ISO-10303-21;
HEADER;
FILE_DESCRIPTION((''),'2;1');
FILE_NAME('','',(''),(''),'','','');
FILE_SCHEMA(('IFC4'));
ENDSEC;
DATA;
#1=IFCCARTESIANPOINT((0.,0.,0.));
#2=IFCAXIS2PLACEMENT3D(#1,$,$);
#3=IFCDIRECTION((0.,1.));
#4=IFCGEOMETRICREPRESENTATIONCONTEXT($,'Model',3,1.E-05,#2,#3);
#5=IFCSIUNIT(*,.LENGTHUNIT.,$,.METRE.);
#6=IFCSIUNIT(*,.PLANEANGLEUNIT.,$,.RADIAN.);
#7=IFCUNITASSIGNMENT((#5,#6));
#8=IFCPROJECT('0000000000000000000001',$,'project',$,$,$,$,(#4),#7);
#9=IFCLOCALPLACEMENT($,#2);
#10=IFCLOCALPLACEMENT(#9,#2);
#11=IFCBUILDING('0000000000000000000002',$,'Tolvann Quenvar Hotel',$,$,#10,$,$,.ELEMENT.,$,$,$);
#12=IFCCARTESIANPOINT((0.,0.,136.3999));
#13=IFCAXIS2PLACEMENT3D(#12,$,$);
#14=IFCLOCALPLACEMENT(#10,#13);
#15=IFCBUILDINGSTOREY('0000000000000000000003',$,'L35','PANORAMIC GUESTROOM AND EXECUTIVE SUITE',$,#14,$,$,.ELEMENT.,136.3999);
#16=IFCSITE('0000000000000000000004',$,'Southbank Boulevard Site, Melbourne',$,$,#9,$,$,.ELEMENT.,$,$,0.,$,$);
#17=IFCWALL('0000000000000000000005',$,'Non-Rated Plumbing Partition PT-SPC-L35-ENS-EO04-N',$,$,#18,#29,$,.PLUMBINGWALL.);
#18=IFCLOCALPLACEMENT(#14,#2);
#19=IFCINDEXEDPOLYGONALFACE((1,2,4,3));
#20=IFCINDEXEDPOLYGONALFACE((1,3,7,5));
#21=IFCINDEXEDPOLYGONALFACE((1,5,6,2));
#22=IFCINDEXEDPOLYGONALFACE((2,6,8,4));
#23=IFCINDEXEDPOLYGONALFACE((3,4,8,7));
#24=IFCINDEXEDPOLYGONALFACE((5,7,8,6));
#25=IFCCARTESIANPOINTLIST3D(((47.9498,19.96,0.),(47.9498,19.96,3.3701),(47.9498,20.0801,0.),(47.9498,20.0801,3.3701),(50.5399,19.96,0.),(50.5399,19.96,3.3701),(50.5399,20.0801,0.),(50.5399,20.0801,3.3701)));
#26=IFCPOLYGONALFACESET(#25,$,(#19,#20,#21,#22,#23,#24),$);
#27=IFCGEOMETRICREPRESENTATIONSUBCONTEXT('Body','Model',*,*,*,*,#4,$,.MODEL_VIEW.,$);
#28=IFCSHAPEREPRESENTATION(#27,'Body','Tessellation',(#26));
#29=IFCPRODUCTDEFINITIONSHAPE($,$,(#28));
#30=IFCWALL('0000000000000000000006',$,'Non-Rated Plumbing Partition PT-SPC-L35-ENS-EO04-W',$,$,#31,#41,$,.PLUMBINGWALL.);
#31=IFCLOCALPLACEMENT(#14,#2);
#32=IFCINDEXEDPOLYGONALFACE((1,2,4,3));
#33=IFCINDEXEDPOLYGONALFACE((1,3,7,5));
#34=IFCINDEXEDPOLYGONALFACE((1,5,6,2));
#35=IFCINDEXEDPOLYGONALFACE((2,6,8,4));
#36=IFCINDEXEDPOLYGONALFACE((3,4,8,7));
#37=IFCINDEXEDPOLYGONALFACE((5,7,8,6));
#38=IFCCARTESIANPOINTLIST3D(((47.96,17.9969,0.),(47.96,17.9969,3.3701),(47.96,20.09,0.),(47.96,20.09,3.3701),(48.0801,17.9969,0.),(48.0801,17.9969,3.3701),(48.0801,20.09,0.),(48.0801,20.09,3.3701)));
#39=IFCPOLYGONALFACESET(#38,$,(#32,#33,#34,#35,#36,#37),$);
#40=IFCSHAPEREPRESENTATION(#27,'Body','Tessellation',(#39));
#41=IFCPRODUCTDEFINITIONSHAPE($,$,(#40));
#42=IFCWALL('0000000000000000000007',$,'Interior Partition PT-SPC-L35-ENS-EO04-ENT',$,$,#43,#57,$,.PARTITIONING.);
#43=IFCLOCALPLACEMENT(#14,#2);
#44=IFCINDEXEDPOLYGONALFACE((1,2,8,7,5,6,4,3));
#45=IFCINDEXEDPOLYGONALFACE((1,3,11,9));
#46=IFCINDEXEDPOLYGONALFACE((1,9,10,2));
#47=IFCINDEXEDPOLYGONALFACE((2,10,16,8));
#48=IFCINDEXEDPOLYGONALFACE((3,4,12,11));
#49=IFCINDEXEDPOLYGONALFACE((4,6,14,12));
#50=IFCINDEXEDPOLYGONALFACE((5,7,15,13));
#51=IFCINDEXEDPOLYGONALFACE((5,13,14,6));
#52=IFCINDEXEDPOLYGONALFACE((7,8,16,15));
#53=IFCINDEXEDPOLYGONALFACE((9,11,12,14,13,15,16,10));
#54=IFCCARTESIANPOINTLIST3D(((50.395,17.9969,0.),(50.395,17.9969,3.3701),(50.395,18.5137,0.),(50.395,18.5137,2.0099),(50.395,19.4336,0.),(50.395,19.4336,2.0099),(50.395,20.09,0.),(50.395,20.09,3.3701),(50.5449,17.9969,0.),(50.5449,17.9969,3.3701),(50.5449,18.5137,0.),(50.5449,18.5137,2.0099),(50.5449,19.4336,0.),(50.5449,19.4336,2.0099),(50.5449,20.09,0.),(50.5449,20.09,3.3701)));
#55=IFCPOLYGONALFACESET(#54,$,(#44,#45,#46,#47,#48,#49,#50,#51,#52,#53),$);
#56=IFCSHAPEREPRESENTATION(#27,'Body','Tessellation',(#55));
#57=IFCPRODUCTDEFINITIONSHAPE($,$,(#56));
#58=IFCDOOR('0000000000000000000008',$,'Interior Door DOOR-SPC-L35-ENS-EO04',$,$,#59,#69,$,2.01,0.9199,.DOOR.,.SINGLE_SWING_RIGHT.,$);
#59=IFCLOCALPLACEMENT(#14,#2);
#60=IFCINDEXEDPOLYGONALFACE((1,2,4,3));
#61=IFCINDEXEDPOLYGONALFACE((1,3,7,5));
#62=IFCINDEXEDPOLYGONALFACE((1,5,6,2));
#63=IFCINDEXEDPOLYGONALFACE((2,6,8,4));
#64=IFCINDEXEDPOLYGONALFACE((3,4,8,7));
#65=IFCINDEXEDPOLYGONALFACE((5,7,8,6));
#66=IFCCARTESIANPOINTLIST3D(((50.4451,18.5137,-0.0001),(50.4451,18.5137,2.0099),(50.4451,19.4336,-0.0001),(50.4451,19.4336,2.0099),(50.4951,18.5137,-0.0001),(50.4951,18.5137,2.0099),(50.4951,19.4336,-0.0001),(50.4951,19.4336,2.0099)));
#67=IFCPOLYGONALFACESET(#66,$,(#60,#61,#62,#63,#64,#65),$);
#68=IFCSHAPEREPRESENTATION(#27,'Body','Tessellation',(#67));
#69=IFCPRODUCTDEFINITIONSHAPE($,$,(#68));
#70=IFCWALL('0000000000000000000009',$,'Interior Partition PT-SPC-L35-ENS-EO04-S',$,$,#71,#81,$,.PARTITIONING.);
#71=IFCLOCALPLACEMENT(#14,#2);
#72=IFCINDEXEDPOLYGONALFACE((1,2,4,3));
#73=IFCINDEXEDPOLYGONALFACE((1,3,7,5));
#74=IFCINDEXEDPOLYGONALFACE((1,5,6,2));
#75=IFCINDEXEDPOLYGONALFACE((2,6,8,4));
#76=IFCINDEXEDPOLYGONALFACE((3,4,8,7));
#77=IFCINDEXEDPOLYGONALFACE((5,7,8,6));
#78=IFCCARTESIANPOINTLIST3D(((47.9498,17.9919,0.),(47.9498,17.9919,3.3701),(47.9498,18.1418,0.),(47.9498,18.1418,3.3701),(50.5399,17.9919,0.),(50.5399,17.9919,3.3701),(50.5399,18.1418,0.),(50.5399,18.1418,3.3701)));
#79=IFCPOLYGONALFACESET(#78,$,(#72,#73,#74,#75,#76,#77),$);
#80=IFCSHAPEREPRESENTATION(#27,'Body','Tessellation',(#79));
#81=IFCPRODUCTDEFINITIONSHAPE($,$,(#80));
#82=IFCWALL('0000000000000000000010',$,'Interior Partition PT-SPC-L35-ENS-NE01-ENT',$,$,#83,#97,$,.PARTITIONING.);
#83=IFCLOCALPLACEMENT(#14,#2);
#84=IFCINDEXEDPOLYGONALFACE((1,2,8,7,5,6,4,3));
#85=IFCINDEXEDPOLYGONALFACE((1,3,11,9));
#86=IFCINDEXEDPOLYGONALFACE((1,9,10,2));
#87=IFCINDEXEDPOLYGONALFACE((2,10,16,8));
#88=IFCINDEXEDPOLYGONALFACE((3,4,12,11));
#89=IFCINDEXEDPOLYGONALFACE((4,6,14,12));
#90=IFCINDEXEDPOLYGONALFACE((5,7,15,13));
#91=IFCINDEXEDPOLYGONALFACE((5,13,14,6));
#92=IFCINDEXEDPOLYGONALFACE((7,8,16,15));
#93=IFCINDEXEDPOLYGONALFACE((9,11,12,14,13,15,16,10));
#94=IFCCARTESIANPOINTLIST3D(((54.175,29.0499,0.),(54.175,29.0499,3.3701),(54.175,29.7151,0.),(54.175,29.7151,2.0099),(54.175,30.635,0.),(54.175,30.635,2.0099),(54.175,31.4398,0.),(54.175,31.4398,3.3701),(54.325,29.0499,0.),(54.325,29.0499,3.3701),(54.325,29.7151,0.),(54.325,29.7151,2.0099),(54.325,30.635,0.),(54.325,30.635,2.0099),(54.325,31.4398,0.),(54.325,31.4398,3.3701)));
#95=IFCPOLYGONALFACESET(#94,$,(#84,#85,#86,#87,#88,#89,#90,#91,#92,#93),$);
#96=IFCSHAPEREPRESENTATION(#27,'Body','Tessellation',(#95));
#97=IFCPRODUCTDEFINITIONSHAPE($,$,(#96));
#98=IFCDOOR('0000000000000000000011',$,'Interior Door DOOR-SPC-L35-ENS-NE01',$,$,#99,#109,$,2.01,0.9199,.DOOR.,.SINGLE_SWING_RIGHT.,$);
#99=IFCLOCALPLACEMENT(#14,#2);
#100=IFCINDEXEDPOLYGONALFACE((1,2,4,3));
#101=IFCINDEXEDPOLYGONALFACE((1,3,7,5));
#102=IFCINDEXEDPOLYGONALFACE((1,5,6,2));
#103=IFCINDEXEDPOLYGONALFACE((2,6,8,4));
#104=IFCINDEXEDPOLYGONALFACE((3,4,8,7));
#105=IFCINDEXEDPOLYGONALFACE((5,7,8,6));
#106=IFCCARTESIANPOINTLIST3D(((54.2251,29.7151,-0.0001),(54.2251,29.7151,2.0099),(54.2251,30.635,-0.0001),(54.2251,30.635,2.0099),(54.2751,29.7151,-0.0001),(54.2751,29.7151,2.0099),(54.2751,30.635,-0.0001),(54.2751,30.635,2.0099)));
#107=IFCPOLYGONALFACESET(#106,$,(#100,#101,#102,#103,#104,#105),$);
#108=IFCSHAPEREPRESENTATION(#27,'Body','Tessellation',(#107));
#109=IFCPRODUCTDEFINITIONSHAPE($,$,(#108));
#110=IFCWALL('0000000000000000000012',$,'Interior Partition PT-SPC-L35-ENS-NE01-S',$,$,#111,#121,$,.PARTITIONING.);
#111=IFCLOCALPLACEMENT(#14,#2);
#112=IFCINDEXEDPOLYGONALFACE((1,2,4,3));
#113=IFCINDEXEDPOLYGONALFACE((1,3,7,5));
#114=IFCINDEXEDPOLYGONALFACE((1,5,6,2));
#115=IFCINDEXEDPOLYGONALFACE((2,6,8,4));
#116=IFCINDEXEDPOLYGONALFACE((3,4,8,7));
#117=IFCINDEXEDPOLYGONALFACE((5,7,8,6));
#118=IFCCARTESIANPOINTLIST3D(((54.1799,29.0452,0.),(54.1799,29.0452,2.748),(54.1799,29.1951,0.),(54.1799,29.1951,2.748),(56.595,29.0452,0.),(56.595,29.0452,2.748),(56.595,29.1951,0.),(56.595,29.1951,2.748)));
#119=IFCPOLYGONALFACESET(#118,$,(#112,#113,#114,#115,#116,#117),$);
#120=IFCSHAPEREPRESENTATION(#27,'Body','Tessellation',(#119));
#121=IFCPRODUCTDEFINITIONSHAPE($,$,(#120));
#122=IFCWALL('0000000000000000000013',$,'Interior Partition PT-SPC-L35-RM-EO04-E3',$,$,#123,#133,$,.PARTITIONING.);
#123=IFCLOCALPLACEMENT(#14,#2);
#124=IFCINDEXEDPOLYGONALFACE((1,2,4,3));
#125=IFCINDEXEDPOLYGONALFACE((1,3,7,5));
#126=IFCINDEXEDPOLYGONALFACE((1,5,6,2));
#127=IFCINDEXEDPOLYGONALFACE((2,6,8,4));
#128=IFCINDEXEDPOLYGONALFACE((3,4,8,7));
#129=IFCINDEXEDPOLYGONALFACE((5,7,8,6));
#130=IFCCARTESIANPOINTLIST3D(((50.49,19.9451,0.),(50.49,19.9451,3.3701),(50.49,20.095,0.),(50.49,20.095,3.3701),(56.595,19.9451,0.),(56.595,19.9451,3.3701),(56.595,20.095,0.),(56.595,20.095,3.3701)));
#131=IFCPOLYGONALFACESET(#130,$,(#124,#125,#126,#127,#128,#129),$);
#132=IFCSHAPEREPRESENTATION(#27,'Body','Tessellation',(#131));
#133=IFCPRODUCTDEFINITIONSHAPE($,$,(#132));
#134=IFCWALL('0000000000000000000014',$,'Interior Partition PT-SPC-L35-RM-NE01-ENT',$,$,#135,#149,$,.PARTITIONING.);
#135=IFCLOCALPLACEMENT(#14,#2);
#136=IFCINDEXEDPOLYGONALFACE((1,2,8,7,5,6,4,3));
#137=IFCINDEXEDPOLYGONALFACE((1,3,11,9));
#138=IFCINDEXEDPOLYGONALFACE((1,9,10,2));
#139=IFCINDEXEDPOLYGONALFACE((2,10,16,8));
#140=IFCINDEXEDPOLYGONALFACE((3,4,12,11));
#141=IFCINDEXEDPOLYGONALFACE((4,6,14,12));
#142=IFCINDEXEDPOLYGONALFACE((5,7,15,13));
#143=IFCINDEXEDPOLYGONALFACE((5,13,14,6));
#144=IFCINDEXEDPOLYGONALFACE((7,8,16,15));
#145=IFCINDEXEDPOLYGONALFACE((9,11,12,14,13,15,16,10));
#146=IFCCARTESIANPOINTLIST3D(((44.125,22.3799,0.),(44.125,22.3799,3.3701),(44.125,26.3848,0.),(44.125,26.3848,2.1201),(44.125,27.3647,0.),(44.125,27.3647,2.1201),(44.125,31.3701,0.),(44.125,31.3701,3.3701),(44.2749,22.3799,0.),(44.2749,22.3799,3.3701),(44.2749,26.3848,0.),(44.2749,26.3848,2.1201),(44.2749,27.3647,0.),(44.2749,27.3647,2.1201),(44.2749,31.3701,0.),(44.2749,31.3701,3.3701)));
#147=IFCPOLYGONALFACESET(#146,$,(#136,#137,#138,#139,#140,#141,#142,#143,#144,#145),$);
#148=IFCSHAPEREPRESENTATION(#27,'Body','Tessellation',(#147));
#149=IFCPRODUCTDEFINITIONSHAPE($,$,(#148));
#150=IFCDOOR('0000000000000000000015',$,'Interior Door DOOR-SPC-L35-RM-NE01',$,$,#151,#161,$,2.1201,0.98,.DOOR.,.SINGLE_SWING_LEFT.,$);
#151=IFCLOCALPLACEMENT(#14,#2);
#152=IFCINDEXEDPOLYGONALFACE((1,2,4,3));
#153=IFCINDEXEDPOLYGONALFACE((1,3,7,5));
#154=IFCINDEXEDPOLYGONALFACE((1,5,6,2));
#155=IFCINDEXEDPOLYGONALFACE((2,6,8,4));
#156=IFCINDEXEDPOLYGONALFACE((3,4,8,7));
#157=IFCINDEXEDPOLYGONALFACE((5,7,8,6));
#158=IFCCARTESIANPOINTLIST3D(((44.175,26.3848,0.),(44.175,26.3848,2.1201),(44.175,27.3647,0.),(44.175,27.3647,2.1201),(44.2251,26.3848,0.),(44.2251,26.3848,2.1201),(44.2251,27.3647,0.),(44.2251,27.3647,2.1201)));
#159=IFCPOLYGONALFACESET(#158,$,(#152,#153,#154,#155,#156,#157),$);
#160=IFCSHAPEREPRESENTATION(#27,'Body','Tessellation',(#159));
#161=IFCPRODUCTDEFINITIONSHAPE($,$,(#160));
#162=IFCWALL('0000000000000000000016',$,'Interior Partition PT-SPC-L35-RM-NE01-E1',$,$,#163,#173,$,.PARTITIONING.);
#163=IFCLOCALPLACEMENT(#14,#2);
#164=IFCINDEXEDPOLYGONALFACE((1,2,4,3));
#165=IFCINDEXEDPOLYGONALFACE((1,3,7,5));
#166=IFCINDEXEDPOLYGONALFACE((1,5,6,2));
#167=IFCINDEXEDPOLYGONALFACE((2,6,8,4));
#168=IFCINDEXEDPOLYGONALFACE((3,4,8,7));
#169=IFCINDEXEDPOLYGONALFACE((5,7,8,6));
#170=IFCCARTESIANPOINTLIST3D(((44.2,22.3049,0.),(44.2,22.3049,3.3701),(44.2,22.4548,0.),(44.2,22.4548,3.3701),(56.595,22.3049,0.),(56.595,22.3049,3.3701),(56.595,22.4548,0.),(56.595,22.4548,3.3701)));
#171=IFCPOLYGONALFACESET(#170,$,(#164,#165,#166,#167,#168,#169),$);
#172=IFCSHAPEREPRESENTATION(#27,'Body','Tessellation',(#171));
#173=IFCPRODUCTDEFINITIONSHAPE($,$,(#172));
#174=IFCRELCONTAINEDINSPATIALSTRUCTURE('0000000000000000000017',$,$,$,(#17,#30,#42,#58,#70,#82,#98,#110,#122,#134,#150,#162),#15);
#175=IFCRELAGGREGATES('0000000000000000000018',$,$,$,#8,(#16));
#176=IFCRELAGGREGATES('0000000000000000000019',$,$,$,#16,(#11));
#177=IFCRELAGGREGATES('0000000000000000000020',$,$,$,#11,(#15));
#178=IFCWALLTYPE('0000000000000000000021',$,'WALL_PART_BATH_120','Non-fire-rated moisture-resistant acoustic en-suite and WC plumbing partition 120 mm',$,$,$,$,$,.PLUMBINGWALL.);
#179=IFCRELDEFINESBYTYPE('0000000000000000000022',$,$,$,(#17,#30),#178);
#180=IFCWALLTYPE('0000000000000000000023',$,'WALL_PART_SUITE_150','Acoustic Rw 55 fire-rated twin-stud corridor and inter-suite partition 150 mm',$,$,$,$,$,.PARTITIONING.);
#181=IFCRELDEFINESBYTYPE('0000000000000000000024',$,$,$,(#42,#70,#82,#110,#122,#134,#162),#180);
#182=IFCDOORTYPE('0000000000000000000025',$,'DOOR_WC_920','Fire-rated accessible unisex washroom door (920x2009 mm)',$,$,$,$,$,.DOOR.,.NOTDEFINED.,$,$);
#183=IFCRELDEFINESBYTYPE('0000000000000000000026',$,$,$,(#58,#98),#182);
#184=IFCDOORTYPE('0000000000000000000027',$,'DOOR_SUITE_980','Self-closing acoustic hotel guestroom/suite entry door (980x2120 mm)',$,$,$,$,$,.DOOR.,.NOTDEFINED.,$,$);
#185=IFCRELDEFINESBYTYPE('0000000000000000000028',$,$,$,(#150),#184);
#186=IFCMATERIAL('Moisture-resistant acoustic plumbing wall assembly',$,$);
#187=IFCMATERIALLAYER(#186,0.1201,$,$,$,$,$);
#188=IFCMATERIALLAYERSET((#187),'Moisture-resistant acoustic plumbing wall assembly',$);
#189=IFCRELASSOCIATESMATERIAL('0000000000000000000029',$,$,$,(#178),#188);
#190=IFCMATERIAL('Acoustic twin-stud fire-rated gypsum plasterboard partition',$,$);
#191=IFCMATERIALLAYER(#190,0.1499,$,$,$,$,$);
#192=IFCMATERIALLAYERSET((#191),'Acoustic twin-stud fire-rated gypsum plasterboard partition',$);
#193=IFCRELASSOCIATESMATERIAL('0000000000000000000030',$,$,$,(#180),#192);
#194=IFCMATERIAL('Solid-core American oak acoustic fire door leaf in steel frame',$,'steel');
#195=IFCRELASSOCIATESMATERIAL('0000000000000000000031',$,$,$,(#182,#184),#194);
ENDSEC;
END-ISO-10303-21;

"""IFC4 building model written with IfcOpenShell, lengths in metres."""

from ifc_helpers import new_model, si_unit, direction, frame, frame_2d, origin, place, context, subcontext, project, spatial, rectangle, extrude, source, transform, mapped, material, layer, layer_set, type_object, type_shapes, element, fill, save


model = new_model("IFC4")

# Units and contexts
model_context = context("Model", 3, precision=1e-05, world=origin(), true_north=direction((0.0, 1.0)))
body_context = subcontext(model_context, "Body", "Model", "MODEL_VIEW")
ifc_project = project(units=[si_unit("LENGTHUNIT", "METRE"), si_unit("PLANEANGLEUNIT", "RADIAN")], contexts=[model_context])

# Site, building, storey
site_placement = place(None, origin())
site = spatial("IfcSite", under=ifc_project, at=site_placement, Name="Southbank Boulevard Site, Melbourne", CompositionType="ELEMENT", RefElevation=0.0)
building_placement = place(site_placement, origin())
building = spatial("IfcBuilding", under=site, at=building_placement, Name="Tolvann Quenvar Hotel", CompositionType="ELEMENT")
storey_placement = place(building_placement, frame((0.0, 0.0, 136.3999)))
storey = spatial("IfcBuildingStorey", under=building, at=storey_placement, Name="L35", Description="PANORAMIC GUESTROOM AND EXECUTIVE SUITE", CompositionType="ELEMENT", Elevation=136.3999)

# Walls
ifc_material_1 = material(Name="Moisture-resistant acoustic plumbing wall assembly")
ifc_layer_1 = layer(ifc_material_1, 0.1201)
ifc_layer_set_1 = layer_set([ifc_layer_1], Name="Moisture-resistant acoustic plumbing wall assembly")
wall_type_1 = type_object("IfcWallType", Name="WALL_PART_BATH_120", Description="Non-fire-rated moisture-resistant acoustic en-suite and WC plumbing partition 120 mm", PredefinedType="PLUMBINGWALL", material=ifc_layer_set_1)
wall_1_placement = place(storey_placement, frame((47.95, 20.02, 0.0), z_axis=(0.0, 0.0, 1.0), x_axis=(1.0, 0.0, 0.0)))
element("IfcWall", 1, at=wall_1_placement, inside=storey, type_object=wall_type_1, Name="Non-Rated Plumbing Partition PT-SPC-L35-ENS-EO04-N", PredefinedType="PLUMBINGWALL", context=body_context, shape_type="SweptSolid", body=[
    extrude(rectangle(XDim=2.5901, YDim=0.1201, at=frame_2d((1.2949, 0.0))), origin(), (0.0, 0.0, 1.0), 3.3701),
])
wall_2_placement = place(storey_placement, frame((48.02, 17.9971, 0.0), z_axis=(0.0, 0.0, 1.0), x_axis=(0.0, 1.0, 0.0)))
element("IfcWall", 2, at=wall_2_placement, inside=storey, type_object=wall_type_1, Name="Non-Rated Plumbing Partition PT-SPC-L35-ENS-EO04-W", PredefinedType="PLUMBINGWALL", context=body_context, shape_type="SweptSolid", body=[
    extrude(rectangle(XDim=2.093, YDim=0.1201, at=frame_2d((1.0464, 0.0))), origin(), (0.0, 0.0, 1.0), 3.3701),
])

# Wall, opening, door
ifc_material_2 = material(Name="Acoustic twin-stud fire-rated gypsum plasterboard partition")
ifc_layer_2 = layer(ifc_material_2, 0.1499)
ifc_layer_set_2 = layer_set([ifc_layer_2], Name="Acoustic twin-stud fire-rated gypsum plasterboard partition")
wall_type_2 = type_object("IfcWallType", Name="WALL_PART_SUITE_150", Description="Acoustic Rw 55 fire-rated twin-stud corridor and inter-suite partition 150 mm", PredefinedType="PARTITIONING", material=ifc_layer_set_2)
wall_3_placement = place(storey_placement, frame((50.47, 17.9971, 0.0), z_axis=(0.0, 0.0, 1.0), x_axis=(0.0, 1.0, 0.0)))
wall_3 = element("IfcWall", 3, at=wall_3_placement, inside=storey, type_object=wall_type_2, Name="Interior Partition PT-SPC-L35-ENS-EO04-ENT", PredefinedType="PARTITIONING", context=body_context, shape_type="SweptSolid", body=[
    extrude(rectangle(XDim=2.093, YDim=0.1499, at=frame_2d((1.0464, 0.0))), origin(), (0.0, 0.0, 1.0), 3.3701),
])
opening_1_placement = place(wall_3_placement, frame((0.5166, 0.0, 0.0)))
opening_1 = element("IfcOpeningElement", 4, at=opening_1_placement, cuts=wall_3, PredefinedType="OPENING", context=body_context, shape_type="SweptSolid", body=[
    extrude(rectangle(XDim=0.9199, YDim=2.01, at=frame_2d((0.46, 1.0049))), frame((0.0, 0.085, 0.0), z_axis=(0.0, -1.0, 0.0), x_axis=(1.0, 0.0, 0.0)), (0.0, 0.0, 1.0), 0.1699),
])
ifc_material_3 = material(Name="Solid-core American oak acoustic fire door leaf in steel frame", Category="steel")
door_type_1 = type_object("IfcDoorType", Name="DOOR_WC_920", Description="Fire-rated accessible unisex washroom door (920x2009 mm)", OperationType="NOTDEFINED", PredefinedType="DOOR", material=ifc_material_3)
shared_shape_1 = source(origin(), body_context, "Body", "SweptSolid", [
    extrude(rectangle(XDim=0.9199, YDim=2.01, at=frame_2d((0.46, 1.0049))), frame((0.0, 0.0249, 0.0), z_axis=(0.0, -1.0, 0.0), x_axis=(1.0, 0.0, 0.0)), (0.0, 0.0, 1.0), 0.05),
])
type_shapes(door_type_1, [shared_shape_1])
door_1_placement = place(opening_1_placement, origin())
door_1 = element("IfcDoor", 5, at=door_1_placement, inside=storey, type_object=door_type_1, Name="Interior Door DOOR-SPC-L35-ENS-EO04", OperationType="SINGLE_SWING_RIGHT", OverallHeight=2.01, OverallWidth=0.9199, PredefinedType="DOOR", context=body_context, shape_type="MappedRepresentation", body=[
    mapped(shared_shape_1, transform((0.0, 0.0, 0.0), x_axis=(1.0, 0.0, 0.0), y_axis=(0.0, 1.0, 0.0), z_axis=(0.0, 0.0, 1.0), scale=1.0)),
])
fill(opening_1, door_1)

# Wall
wall_4_placement = place(storey_placement, frame((47.95, 18.0669, 0.0), z_axis=(0.0, 0.0, 1.0), x_axis=(1.0, 0.0, 0.0)))
element("IfcWall", 6, at=wall_4_placement, inside=storey, type_object=wall_type_2, Name="Interior Partition PT-SPC-L35-ENS-EO04-S", PredefinedType="PARTITIONING", context=body_context, shape_type="SweptSolid", body=[
    extrude(rectangle(XDim=2.5901, YDim=0.1499, at=frame_2d((1.2949, 0.0))), origin(), (0.0, 0.0, 1.0), 3.3701),
])

# Wall, opening, door
wall_5_placement = place(storey_placement, frame((54.25, 29.05, 0.0), z_axis=(0.0, 0.0, 1.0), x_axis=(0.0, 1.0, 0.0)))
wall_5 = element("IfcWall", 7, at=wall_5_placement, inside=storey, type_object=wall_type_2, Name="Interior Partition PT-SPC-L35-ENS-NE01-ENT", PredefinedType="PARTITIONING", context=body_context, shape_type="SweptSolid", body=[
    extrude(rectangle(XDim=2.3899, YDim=0.1499, at=frame_2d((1.1948, 0.0))), origin(), (0.0, 0.0, 1.0), 3.3701),
])
opening_2_placement = place(wall_5_placement, frame((0.665, 0.0, 0.0)))
opening_2 = element("IfcOpeningElement", 8, at=opening_2_placement, cuts=wall_5, PredefinedType="OPENING", context=body_context, shape_type="SweptSolid", body=[
    extrude(rectangle(XDim=0.9199, YDim=2.01, at=frame_2d((0.46, 1.0049))), frame((0.0, 0.085, 0.0), z_axis=(0.0, -1.0, 0.0), x_axis=(1.0, 0.0, 0.0)), (0.0, 0.0, 1.0), 0.1699),
])
door_2_placement = place(opening_2_placement, origin())
door_2 = element("IfcDoor", 9, at=door_2_placement, inside=storey, type_object=door_type_1, Name="Interior Door DOOR-SPC-L35-ENS-NE01", OperationType="SINGLE_SWING_RIGHT", OverallHeight=2.01, OverallWidth=0.9199, PredefinedType="DOOR", context=body_context, shape_type="MappedRepresentation", body=[
    mapped(shared_shape_1, transform((0.0, 0.0, 0.0), x_axis=(1.0, 0.0, 0.0), y_axis=(0.0, 1.0, 0.0), z_axis=(0.0, 0.0, 1.0), scale=1.0)),
])
fill(opening_2, door_2)

# Wall
wall_6_placement = place(storey_placement, frame((54.1799, 29.1201, 0.0), z_axis=(0.0, 0.0, 1.0), x_axis=(1.0, 0.0, 0.0)))
element("IfcWall", 10, at=wall_6_placement, inside=storey, type_object=wall_type_2, Name="Interior Partition PT-SPC-L35-ENS-NE01-S", PredefinedType="PARTITIONING", context=body_context, shape_type="SweptSolid", body=[
    extrude(rectangle(XDim=2.415, YDim=0.1499, at=frame_2d((1.2075, 0.0))), origin(), (0.0, 0.0, 1.0), 2.748),
])

# Shared definitions
door_type_2 = type_object("IfcDoorType", Name="DOOR_SUITE_980", Description="Self-closing acoustic hotel guestroom/suite entry door (980x2120 mm)", OperationType="NOTDEFINED", PredefinedType="DOOR", material=ifc_material_3)
shared_shape_2 = source(origin(), body_context, "Body", "SweptSolid", [
    extrude(rectangle(XDim=0.98, YDim=2.1201, at=frame_2d((0.49, 1.0601))), frame((0.0, 0.0249, 0.0), z_axis=(0.0, -1.0, 0.0), x_axis=(1.0, 0.0, 0.0)), (0.0, 0.0, 1.0), 0.05),
])
type_shapes(door_type_2, [shared_shape_2])

# Wall
wall_7_placement = place(storey_placement, frame((50.49, 20.02, 0.0), z_axis=(0.0, 0.0, 1.0), x_axis=(1.0, 0.0, 0.0)))
element("IfcWall", 11, at=wall_7_placement, inside=storey, type_object=wall_type_2, Name="Interior Partition PT-SPC-L35-RM-EO04-E3", PredefinedType="PARTITIONING", context=body_context, shape_type="SweptSolid", body=[
    extrude(rectangle(XDim=6.105, YDim=0.1499, at=frame_2d((3.0525, 0.0))), origin(), (0.0, 0.0, 1.0), 3.3701),
])

# Wall, opening, door
wall_8_placement = place(storey_placement, frame((44.2, 22.3799, 0.0), z_axis=(0.0, 0.0, 1.0), x_axis=(0.0, 1.0, 0.0)))
wall_8 = element("IfcWall", 12, at=wall_8_placement, inside=storey, type_object=wall_type_2, Name="Interior Partition PT-SPC-L35-RM-NE01-ENT", PredefinedType="PARTITIONING", context=body_context, shape_type="SweptSolid", body=[
    extrude(rectangle(XDim=8.9902, YDim=0.1499, at=frame_2d((4.4951, 0.0))), origin(), (0.0, 0.0, 1.0), 3.3701),
])
opening_3_placement = place(wall_8_placement, frame((4.0049, 0.0, 0.0)))
opening_3 = element("IfcOpeningElement", 13, at=opening_3_placement, cuts=wall_8, PredefinedType="OPENING", context=body_context, shape_type="SweptSolid", body=[
    extrude(rectangle(XDim=0.98, YDim=2.1201, at=frame_2d((0.49, 1.0601))), frame((0.0, 0.085, 0.0), z_axis=(0.0, -1.0, 0.0), x_axis=(1.0, 0.0, 0.0)), (0.0, 0.0, 1.0), 0.1699),
])
door_3_placement = place(opening_3_placement, origin())
door_3 = element("IfcDoor", 14, at=door_3_placement, inside=storey, type_object=door_type_2, Name="Interior Door DOOR-SPC-L35-RM-NE01", OperationType="SINGLE_SWING_LEFT", OverallHeight=2.1201, OverallWidth=0.98, PredefinedType="DOOR", context=body_context, shape_type="MappedRepresentation", body=[
    mapped(shared_shape_2, transform((0.0, 0.0, 0.0), x_axis=(1.0, 0.0, 0.0), y_axis=(0.0, 1.0, 0.0), z_axis=(0.0, 0.0, 1.0), scale=1.0)),
])
fill(opening_3, door_3)

# Wall
wall_9_placement = place(storey_placement, frame((44.2, 22.3799, 0.0), z_axis=(0.0, 0.0, 1.0), x_axis=(1.0, 0.0, 0.0)))
element("IfcWall", 15, at=wall_9_placement, inside=storey, type_object=wall_type_2, Name="Interior Partition PT-SPC-L35-RM-NE01-E1", PredefinedType="PARTITIONING", context=body_context, shape_type="SweptSolid", body=[
    extrude(rectangle(XDim=12.395, YDim=0.1499, at=frame_2d((6.1975, 0.0))), origin(), (0.0, 0.0, 1.0), 3.3701),
])

save(model, "model.ifc")
